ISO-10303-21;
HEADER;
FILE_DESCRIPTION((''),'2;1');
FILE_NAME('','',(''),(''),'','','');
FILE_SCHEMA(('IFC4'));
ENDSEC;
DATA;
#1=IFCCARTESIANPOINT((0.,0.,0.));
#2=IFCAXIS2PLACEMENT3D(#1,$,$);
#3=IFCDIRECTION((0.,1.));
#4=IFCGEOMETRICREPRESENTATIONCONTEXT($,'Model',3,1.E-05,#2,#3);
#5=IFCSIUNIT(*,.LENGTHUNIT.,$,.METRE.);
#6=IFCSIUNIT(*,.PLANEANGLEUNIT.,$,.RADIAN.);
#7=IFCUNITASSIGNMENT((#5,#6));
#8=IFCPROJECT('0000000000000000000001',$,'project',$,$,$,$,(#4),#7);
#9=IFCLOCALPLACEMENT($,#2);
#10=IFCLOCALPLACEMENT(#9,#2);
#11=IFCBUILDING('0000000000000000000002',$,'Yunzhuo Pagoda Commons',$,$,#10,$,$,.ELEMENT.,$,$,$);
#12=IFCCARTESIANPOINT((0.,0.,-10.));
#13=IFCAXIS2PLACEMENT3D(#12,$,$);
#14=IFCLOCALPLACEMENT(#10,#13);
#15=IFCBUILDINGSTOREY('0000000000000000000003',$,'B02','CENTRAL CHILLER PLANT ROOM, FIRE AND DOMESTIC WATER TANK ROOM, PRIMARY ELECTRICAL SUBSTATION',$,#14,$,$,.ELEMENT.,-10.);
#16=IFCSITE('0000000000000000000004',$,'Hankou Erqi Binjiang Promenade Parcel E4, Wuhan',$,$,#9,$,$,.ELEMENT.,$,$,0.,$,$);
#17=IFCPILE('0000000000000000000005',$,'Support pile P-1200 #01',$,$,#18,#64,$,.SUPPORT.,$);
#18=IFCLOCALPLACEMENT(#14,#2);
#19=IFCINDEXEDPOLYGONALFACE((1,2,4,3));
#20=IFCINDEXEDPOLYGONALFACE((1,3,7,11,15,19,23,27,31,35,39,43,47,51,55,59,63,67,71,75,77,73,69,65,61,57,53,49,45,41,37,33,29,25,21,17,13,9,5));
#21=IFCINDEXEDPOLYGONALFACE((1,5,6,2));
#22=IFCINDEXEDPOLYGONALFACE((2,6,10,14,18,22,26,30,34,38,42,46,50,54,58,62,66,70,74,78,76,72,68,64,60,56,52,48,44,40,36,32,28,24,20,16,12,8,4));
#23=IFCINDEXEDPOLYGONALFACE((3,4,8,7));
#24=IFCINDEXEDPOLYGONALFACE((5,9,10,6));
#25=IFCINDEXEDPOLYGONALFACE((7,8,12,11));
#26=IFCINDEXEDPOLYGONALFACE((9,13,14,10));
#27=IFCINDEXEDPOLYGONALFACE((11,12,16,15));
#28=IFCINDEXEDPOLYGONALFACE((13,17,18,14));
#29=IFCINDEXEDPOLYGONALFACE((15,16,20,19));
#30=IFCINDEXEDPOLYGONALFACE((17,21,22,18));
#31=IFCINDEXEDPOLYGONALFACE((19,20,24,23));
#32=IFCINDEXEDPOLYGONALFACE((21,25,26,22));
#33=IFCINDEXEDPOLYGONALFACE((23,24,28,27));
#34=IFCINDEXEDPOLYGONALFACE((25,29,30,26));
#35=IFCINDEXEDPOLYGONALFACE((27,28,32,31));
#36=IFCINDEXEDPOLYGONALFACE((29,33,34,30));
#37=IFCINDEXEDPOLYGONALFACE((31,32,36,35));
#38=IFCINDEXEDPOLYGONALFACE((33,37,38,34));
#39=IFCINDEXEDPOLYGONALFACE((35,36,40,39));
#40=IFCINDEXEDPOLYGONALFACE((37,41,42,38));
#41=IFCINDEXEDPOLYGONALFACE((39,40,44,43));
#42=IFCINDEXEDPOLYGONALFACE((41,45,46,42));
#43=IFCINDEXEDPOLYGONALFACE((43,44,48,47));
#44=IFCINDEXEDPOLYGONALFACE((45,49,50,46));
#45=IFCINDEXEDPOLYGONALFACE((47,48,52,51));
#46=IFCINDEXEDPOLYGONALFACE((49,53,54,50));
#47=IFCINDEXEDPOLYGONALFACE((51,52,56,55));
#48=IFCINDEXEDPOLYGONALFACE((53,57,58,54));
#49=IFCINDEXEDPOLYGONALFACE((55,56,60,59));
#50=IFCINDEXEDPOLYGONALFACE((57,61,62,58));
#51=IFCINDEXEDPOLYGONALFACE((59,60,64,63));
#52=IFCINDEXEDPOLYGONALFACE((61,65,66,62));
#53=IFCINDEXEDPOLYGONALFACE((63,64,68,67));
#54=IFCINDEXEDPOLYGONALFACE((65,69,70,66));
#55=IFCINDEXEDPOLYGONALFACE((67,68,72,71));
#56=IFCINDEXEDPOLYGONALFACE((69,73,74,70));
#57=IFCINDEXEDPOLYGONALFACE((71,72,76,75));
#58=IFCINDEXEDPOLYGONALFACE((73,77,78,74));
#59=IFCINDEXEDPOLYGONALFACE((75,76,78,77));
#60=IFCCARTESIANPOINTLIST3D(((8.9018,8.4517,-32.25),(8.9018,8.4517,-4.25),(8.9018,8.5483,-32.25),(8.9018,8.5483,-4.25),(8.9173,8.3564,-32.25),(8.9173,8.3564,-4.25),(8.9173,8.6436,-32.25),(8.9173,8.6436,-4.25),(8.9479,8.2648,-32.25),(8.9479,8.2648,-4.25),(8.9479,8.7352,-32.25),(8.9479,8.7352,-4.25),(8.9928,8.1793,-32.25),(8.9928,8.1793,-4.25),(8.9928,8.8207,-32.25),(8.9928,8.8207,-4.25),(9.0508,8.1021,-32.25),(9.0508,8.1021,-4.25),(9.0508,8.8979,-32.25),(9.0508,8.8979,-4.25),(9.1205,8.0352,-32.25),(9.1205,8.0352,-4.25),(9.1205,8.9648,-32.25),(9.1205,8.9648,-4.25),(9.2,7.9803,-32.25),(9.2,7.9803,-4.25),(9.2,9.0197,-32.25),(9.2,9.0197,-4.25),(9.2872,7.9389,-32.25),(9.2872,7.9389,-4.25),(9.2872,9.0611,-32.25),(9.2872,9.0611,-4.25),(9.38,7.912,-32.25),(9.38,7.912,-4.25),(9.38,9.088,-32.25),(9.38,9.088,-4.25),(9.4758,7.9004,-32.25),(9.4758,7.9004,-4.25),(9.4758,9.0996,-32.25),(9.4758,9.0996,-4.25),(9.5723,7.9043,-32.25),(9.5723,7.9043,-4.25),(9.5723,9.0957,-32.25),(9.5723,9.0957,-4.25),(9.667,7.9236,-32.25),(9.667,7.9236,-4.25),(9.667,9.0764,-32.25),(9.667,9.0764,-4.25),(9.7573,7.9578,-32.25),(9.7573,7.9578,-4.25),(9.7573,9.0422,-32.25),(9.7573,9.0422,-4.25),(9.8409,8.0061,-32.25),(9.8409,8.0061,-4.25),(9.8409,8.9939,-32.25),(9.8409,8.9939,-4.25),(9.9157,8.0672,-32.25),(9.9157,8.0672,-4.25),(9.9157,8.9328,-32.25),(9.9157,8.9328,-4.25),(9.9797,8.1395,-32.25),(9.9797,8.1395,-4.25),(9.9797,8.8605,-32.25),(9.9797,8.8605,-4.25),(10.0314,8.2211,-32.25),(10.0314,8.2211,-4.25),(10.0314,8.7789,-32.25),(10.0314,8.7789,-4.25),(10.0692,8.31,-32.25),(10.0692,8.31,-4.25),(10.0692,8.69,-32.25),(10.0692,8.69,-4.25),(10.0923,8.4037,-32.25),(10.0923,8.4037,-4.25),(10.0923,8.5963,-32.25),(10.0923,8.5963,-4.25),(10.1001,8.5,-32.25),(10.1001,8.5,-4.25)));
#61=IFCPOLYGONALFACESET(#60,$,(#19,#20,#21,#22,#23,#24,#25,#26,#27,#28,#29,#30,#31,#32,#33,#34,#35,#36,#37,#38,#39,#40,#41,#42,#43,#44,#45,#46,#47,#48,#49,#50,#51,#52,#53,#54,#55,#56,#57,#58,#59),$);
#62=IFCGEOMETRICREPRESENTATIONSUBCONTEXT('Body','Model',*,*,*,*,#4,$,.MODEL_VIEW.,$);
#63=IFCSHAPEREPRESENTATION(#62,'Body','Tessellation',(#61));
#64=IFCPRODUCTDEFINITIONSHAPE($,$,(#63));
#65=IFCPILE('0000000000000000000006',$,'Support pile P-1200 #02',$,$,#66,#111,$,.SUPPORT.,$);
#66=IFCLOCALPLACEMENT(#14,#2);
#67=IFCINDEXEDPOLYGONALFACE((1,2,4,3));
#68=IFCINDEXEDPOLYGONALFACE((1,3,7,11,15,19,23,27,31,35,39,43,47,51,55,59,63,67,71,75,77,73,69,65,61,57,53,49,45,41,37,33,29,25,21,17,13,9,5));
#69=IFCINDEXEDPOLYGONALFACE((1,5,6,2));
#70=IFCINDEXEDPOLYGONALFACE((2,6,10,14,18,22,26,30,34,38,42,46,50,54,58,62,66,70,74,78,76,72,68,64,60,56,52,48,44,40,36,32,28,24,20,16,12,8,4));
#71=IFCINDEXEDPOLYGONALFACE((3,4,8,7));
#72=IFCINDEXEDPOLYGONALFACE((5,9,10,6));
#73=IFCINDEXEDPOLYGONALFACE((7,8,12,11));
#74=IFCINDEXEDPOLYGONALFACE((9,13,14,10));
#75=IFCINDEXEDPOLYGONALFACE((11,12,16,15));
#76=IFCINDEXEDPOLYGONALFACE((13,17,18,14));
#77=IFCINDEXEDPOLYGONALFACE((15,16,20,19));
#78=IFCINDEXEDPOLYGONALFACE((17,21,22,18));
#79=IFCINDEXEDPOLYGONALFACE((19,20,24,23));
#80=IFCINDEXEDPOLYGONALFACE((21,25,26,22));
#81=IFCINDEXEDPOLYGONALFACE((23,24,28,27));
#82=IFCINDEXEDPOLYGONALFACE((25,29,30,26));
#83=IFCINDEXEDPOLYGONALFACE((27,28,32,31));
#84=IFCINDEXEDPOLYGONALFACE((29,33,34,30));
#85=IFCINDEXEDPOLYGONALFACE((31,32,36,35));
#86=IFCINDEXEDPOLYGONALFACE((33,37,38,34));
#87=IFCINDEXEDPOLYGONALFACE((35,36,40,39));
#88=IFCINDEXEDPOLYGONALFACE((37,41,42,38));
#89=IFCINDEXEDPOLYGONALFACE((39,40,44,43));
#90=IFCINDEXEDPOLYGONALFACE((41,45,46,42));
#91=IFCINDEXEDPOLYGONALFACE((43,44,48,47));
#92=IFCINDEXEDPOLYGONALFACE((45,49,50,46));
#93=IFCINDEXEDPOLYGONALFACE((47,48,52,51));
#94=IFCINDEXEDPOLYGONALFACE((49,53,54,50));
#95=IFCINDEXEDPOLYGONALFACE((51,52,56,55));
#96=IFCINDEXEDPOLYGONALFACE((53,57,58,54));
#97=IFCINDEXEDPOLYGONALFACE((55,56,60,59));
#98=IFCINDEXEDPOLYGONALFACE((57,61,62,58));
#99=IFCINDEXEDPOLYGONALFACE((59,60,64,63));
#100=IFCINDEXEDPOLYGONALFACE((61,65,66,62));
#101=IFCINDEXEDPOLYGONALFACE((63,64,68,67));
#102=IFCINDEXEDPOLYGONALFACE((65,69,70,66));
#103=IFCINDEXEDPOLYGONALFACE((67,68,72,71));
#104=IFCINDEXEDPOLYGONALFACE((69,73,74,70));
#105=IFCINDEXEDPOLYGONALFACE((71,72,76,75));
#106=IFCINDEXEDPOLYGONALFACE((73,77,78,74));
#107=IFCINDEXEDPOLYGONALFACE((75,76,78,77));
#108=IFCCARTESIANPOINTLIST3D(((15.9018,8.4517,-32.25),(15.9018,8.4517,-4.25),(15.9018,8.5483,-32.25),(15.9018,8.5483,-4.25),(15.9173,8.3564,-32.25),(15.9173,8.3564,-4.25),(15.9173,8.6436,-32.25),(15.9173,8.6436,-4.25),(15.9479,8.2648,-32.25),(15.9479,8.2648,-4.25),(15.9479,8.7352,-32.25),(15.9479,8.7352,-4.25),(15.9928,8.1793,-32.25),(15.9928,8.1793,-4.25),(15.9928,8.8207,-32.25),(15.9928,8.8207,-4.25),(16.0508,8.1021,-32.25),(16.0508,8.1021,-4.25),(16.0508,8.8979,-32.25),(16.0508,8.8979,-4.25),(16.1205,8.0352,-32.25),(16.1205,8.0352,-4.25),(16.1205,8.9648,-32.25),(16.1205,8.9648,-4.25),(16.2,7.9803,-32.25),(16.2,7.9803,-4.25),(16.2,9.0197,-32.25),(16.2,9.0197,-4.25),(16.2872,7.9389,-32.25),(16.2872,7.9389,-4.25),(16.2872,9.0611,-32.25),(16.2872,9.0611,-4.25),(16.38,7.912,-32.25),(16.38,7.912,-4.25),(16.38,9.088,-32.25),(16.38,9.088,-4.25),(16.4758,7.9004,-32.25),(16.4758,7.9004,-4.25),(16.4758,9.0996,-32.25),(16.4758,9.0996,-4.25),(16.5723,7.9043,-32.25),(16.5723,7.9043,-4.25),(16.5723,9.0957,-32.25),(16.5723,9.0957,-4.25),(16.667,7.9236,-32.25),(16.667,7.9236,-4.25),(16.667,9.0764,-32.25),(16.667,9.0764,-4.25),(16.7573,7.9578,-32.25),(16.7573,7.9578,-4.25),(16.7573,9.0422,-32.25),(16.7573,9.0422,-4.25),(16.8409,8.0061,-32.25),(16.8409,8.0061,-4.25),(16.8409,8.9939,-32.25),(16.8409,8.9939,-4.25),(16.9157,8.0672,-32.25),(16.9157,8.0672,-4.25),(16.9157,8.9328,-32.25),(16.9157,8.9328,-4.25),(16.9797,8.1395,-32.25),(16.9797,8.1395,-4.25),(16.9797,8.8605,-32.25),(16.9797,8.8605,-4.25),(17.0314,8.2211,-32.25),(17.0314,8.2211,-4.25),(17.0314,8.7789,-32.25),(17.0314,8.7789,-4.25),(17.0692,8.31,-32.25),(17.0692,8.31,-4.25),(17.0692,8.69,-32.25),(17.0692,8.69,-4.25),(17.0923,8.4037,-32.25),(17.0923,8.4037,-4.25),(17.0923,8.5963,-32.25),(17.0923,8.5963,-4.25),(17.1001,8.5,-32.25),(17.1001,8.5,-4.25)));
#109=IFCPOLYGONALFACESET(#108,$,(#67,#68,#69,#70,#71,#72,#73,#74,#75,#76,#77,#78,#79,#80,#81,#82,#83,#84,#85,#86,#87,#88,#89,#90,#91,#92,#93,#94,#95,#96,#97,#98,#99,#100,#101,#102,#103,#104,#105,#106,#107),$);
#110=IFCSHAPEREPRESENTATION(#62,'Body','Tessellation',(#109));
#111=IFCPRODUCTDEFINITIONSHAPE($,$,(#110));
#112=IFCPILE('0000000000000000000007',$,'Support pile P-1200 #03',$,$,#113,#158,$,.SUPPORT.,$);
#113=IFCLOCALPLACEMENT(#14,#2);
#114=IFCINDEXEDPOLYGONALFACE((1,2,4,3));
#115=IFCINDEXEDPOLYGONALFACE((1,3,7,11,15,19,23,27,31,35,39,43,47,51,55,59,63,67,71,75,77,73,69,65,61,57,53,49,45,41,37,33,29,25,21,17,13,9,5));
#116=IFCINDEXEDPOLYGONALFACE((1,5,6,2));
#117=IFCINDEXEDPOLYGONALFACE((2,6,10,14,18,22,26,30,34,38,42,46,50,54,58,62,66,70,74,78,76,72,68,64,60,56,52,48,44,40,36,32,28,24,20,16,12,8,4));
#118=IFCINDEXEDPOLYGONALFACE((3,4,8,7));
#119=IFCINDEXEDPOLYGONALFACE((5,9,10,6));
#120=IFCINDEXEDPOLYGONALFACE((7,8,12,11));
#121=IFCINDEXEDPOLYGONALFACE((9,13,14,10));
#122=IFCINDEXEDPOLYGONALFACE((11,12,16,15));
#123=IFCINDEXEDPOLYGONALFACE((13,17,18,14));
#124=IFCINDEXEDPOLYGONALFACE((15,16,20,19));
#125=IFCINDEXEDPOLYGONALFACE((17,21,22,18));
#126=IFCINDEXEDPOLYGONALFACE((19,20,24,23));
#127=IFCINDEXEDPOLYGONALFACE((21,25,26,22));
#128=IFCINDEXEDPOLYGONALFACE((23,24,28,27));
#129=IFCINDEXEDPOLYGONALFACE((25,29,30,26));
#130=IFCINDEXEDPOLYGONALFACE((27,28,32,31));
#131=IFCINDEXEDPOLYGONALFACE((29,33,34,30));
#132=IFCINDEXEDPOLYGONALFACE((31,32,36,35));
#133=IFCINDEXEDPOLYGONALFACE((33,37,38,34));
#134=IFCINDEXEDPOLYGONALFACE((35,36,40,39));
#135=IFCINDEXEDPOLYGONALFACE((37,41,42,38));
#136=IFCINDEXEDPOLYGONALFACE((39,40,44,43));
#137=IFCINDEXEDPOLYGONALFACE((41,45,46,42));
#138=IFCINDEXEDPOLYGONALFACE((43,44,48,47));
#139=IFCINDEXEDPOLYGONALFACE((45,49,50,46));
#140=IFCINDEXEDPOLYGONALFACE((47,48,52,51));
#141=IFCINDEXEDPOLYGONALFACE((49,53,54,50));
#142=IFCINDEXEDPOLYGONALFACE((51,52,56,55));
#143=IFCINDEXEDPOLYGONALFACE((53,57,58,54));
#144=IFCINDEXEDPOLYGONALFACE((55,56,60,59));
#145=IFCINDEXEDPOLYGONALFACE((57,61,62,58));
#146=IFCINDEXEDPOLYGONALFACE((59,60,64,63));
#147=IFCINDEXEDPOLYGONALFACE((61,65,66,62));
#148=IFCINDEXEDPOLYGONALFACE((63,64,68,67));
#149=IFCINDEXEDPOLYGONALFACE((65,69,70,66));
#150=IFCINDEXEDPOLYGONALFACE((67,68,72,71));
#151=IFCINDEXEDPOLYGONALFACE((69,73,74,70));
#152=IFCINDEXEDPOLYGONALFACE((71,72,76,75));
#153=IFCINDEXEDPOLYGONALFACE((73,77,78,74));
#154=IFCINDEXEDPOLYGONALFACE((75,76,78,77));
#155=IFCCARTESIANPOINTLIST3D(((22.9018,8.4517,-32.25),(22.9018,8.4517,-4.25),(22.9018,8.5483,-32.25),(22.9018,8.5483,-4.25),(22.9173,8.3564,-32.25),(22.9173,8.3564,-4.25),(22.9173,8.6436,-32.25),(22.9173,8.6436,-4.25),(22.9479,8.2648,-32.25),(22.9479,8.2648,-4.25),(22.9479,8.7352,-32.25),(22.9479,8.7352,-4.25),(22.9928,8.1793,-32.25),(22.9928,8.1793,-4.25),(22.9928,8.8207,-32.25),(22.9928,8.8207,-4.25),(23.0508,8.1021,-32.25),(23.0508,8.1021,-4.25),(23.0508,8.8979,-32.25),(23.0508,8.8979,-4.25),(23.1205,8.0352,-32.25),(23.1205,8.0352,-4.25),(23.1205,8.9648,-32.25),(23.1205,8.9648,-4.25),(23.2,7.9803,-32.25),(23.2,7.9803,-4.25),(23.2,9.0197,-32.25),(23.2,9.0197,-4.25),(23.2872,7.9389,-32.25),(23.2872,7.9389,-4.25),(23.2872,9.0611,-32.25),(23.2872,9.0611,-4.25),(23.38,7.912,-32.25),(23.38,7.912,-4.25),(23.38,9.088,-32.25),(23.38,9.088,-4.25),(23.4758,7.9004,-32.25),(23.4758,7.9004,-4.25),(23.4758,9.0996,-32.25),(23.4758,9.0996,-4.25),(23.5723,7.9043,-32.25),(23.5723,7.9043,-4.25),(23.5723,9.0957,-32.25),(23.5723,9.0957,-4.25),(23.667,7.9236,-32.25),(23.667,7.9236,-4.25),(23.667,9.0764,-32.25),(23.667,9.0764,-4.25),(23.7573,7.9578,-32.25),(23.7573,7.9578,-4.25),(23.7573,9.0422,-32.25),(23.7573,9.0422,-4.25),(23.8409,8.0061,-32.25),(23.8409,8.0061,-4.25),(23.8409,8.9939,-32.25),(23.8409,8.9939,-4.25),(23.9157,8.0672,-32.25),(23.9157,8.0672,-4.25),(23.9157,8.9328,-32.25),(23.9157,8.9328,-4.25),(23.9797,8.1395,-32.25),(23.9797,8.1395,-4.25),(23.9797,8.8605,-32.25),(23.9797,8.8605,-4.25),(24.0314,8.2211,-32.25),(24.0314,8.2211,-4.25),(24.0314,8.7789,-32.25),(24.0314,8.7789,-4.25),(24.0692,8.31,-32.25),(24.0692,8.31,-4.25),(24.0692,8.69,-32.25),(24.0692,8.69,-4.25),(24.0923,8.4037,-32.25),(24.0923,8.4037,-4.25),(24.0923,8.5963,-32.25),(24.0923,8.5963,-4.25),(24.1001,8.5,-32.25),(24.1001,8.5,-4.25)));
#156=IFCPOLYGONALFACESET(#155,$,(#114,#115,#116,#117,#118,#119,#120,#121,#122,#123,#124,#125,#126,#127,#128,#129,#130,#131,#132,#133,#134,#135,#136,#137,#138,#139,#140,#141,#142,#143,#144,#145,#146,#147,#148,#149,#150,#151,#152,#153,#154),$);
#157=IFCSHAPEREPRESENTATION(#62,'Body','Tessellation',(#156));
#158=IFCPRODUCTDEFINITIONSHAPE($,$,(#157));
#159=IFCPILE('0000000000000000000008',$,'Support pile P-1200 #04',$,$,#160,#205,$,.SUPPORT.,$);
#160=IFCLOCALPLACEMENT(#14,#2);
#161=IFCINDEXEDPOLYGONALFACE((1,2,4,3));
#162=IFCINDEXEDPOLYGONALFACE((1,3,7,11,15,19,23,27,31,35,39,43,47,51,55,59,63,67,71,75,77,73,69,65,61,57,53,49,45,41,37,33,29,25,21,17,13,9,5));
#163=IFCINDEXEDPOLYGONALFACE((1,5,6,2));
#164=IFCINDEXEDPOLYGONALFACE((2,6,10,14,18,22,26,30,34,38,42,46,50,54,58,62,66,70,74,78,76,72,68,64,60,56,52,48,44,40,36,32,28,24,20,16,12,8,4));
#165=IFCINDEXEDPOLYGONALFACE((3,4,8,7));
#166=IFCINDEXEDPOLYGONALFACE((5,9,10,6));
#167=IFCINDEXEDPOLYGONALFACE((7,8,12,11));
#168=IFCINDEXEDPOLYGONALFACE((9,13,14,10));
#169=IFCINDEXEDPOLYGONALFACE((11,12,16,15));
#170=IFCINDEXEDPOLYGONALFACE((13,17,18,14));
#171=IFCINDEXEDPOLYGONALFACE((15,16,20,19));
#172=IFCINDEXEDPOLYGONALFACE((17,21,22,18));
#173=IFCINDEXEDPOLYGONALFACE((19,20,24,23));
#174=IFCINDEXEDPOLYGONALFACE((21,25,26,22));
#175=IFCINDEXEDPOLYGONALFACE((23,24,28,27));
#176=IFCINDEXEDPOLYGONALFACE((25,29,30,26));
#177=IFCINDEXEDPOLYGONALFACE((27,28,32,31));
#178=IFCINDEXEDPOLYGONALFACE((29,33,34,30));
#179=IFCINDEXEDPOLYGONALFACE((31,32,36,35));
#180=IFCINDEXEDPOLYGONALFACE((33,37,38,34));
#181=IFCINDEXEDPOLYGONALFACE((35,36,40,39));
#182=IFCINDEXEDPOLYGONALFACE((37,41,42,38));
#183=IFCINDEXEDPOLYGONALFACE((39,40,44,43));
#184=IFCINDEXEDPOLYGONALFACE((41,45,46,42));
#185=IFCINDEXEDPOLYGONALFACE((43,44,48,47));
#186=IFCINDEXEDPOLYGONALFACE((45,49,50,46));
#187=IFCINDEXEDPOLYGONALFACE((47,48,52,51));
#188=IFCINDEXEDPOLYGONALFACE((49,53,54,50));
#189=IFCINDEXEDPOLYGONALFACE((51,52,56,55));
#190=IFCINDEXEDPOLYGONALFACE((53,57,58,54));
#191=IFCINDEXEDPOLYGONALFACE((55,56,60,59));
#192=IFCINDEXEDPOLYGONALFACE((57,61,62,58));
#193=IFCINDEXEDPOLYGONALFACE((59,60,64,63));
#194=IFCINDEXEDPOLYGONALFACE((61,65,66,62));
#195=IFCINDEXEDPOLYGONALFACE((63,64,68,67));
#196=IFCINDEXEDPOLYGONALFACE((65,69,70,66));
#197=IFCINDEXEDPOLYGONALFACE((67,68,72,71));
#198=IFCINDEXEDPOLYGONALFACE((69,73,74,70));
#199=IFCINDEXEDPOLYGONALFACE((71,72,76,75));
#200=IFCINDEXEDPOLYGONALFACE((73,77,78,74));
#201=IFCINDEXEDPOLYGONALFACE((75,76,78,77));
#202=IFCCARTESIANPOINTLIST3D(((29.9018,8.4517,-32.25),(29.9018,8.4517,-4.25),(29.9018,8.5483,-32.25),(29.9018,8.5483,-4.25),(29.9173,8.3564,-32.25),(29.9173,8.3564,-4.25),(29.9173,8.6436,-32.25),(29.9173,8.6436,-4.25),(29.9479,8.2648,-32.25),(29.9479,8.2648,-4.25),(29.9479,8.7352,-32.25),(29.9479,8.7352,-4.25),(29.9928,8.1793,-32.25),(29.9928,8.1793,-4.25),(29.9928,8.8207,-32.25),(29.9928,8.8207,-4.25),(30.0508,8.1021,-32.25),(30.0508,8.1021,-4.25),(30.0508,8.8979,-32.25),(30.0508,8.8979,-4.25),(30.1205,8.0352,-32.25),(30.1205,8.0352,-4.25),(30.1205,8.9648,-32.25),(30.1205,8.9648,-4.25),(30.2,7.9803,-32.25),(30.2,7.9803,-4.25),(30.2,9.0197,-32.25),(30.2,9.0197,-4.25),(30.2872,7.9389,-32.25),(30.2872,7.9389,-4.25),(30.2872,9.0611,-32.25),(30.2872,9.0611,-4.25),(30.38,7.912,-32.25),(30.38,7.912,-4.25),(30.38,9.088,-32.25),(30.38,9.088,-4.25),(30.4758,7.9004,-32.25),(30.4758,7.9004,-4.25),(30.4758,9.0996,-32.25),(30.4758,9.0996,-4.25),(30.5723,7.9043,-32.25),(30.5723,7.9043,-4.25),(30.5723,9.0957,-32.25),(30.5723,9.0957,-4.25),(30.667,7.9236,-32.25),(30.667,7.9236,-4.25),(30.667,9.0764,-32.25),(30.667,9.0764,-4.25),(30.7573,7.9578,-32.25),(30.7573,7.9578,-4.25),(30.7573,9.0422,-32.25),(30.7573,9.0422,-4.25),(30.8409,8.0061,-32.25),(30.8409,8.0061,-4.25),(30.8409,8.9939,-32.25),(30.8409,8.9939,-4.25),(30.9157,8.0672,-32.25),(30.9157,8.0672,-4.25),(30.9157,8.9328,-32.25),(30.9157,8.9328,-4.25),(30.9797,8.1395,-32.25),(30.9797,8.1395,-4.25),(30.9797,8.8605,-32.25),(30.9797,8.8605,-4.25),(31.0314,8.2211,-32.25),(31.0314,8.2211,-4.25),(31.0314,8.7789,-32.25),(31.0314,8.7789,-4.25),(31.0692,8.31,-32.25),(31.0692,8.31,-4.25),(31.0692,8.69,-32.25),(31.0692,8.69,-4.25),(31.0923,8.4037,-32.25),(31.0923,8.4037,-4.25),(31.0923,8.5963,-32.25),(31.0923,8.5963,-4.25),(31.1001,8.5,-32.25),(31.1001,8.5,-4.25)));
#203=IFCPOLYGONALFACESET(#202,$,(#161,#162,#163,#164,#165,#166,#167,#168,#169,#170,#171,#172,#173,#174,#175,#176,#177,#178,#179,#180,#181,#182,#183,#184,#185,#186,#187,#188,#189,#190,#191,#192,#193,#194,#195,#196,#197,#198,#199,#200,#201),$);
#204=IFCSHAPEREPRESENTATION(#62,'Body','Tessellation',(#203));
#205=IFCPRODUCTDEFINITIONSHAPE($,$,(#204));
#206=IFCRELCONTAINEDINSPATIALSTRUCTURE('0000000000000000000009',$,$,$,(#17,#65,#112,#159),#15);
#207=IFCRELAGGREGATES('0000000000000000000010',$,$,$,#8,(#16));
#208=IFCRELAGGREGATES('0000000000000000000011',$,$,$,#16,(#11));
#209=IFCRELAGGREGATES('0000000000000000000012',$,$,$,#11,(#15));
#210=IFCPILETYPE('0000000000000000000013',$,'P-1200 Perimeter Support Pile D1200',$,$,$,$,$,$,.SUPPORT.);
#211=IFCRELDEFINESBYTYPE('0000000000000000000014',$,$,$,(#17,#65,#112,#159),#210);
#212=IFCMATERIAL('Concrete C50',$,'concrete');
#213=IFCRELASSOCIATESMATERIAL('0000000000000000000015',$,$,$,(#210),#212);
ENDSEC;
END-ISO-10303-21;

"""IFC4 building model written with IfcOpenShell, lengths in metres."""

from ifc_helpers import new_model, si_unit, direction, frame, origin, origin_2d, place, context, subcontext, project, spatial, circle, extrude, source, transform, mapped, material, material_profile, profile_set, type_object, element, save


model = new_model("IFC4")

# Units and contexts
model_context = context("Model", 3, precision=1e-05, world=origin(), true_north=direction((0.0, 1.0)))
body_context = subcontext(model_context, "Body", "Model", "MODEL_VIEW")
ifc_project = project(units=[si_unit("LENGTHUNIT", "METRE"), si_unit("PLANEANGLEUNIT", "RADIAN")], contexts=[model_context])

# Site, building, storey
site_placement = place(None, origin())
site = spatial("IfcSite", under=ifc_project, at=site_placement, Name="Hankou Erqi Binjiang Promenade Parcel E4, Wuhan", CompositionType="ELEMENT", RefElevation=0.0)
building_placement = place(site_placement, origin())
building = spatial("IfcBuilding", under=site, at=building_placement, Name="Yunzhuo Pagoda Commons", CompositionType="ELEMENT")
storey_placement = place(building_placement, frame((0.0, 0.0, -10.0)))
storey = spatial("IfcBuildingStorey", under=building, at=storey_placement, Name="B02", Description="CENTRAL CHILLER PLANT ROOM, FIRE AND DOMESTIC WATER TANK ROOM, PRIMARY ELECTRICAL SUBSTATION", CompositionType="ELEMENT", Elevation=-10.0)

# Shared definitions
ifc_material_1 = material(Name="Concrete C50", Category="concrete")

# Piles
ifc_material_profile_1 = material_profile(ifc_material_1, circle(Radius=0.6001, at=origin_2d()), Name="Concrete C50")
ifc_profile_set_1 = profile_set([ifc_material_profile_1], Name="Concrete C50")
pile_type_1 = type_object("IfcPileType", Name="P-1200 Perimeter Support Pile D1200", PredefinedType="SUPPORT", material=ifc_profile_set_1)
shared_shape_1 = source(origin(), body_context, "Body", "SweptSolid", [
    extrude(circle(Radius=0.6001, at=origin_2d()), origin(), (0.0, 0.0, 1.0), 28.0),
])
for number, where, z_axis, x_axis, name in (
    (1, (9.5, 8.5, -4.25), (0.0, 0.0, -1.0), (1.0, 0.0, 0.0), "Support pile P-1200 #01"),
    (2, (16.5, 8.5, -4.25), (0.0, 0.0, -1.0), (1.0, 0.0, 0.0), "Support pile P-1200 #02"),
    (3, (23.5, 8.5, -4.25), (0.0, 0.0, -1.0), (1.0, 0.0, 0.0), "Support pile P-1200 #03"),
    (4, (30.5, 8.5, -4.25), (0.0, 0.0, -1.0), (1.0, 0.0, 0.0), "Support pile P-1200 #04"),
):
    element("IfcPile", number, at=place(storey_placement, frame(where, z_axis=z_axis, x_axis=x_axis)), inside=storey, type_object=pile_type_1, Name=name, PredefinedType="SUPPORT", context=body_context, shape_type="MappedRepresentation", body=[
        mapped(shared_shape_1, transform((0.0, 0.0, 0.0), scale=1.0)),
    ])

save(model, "model.ifc")
